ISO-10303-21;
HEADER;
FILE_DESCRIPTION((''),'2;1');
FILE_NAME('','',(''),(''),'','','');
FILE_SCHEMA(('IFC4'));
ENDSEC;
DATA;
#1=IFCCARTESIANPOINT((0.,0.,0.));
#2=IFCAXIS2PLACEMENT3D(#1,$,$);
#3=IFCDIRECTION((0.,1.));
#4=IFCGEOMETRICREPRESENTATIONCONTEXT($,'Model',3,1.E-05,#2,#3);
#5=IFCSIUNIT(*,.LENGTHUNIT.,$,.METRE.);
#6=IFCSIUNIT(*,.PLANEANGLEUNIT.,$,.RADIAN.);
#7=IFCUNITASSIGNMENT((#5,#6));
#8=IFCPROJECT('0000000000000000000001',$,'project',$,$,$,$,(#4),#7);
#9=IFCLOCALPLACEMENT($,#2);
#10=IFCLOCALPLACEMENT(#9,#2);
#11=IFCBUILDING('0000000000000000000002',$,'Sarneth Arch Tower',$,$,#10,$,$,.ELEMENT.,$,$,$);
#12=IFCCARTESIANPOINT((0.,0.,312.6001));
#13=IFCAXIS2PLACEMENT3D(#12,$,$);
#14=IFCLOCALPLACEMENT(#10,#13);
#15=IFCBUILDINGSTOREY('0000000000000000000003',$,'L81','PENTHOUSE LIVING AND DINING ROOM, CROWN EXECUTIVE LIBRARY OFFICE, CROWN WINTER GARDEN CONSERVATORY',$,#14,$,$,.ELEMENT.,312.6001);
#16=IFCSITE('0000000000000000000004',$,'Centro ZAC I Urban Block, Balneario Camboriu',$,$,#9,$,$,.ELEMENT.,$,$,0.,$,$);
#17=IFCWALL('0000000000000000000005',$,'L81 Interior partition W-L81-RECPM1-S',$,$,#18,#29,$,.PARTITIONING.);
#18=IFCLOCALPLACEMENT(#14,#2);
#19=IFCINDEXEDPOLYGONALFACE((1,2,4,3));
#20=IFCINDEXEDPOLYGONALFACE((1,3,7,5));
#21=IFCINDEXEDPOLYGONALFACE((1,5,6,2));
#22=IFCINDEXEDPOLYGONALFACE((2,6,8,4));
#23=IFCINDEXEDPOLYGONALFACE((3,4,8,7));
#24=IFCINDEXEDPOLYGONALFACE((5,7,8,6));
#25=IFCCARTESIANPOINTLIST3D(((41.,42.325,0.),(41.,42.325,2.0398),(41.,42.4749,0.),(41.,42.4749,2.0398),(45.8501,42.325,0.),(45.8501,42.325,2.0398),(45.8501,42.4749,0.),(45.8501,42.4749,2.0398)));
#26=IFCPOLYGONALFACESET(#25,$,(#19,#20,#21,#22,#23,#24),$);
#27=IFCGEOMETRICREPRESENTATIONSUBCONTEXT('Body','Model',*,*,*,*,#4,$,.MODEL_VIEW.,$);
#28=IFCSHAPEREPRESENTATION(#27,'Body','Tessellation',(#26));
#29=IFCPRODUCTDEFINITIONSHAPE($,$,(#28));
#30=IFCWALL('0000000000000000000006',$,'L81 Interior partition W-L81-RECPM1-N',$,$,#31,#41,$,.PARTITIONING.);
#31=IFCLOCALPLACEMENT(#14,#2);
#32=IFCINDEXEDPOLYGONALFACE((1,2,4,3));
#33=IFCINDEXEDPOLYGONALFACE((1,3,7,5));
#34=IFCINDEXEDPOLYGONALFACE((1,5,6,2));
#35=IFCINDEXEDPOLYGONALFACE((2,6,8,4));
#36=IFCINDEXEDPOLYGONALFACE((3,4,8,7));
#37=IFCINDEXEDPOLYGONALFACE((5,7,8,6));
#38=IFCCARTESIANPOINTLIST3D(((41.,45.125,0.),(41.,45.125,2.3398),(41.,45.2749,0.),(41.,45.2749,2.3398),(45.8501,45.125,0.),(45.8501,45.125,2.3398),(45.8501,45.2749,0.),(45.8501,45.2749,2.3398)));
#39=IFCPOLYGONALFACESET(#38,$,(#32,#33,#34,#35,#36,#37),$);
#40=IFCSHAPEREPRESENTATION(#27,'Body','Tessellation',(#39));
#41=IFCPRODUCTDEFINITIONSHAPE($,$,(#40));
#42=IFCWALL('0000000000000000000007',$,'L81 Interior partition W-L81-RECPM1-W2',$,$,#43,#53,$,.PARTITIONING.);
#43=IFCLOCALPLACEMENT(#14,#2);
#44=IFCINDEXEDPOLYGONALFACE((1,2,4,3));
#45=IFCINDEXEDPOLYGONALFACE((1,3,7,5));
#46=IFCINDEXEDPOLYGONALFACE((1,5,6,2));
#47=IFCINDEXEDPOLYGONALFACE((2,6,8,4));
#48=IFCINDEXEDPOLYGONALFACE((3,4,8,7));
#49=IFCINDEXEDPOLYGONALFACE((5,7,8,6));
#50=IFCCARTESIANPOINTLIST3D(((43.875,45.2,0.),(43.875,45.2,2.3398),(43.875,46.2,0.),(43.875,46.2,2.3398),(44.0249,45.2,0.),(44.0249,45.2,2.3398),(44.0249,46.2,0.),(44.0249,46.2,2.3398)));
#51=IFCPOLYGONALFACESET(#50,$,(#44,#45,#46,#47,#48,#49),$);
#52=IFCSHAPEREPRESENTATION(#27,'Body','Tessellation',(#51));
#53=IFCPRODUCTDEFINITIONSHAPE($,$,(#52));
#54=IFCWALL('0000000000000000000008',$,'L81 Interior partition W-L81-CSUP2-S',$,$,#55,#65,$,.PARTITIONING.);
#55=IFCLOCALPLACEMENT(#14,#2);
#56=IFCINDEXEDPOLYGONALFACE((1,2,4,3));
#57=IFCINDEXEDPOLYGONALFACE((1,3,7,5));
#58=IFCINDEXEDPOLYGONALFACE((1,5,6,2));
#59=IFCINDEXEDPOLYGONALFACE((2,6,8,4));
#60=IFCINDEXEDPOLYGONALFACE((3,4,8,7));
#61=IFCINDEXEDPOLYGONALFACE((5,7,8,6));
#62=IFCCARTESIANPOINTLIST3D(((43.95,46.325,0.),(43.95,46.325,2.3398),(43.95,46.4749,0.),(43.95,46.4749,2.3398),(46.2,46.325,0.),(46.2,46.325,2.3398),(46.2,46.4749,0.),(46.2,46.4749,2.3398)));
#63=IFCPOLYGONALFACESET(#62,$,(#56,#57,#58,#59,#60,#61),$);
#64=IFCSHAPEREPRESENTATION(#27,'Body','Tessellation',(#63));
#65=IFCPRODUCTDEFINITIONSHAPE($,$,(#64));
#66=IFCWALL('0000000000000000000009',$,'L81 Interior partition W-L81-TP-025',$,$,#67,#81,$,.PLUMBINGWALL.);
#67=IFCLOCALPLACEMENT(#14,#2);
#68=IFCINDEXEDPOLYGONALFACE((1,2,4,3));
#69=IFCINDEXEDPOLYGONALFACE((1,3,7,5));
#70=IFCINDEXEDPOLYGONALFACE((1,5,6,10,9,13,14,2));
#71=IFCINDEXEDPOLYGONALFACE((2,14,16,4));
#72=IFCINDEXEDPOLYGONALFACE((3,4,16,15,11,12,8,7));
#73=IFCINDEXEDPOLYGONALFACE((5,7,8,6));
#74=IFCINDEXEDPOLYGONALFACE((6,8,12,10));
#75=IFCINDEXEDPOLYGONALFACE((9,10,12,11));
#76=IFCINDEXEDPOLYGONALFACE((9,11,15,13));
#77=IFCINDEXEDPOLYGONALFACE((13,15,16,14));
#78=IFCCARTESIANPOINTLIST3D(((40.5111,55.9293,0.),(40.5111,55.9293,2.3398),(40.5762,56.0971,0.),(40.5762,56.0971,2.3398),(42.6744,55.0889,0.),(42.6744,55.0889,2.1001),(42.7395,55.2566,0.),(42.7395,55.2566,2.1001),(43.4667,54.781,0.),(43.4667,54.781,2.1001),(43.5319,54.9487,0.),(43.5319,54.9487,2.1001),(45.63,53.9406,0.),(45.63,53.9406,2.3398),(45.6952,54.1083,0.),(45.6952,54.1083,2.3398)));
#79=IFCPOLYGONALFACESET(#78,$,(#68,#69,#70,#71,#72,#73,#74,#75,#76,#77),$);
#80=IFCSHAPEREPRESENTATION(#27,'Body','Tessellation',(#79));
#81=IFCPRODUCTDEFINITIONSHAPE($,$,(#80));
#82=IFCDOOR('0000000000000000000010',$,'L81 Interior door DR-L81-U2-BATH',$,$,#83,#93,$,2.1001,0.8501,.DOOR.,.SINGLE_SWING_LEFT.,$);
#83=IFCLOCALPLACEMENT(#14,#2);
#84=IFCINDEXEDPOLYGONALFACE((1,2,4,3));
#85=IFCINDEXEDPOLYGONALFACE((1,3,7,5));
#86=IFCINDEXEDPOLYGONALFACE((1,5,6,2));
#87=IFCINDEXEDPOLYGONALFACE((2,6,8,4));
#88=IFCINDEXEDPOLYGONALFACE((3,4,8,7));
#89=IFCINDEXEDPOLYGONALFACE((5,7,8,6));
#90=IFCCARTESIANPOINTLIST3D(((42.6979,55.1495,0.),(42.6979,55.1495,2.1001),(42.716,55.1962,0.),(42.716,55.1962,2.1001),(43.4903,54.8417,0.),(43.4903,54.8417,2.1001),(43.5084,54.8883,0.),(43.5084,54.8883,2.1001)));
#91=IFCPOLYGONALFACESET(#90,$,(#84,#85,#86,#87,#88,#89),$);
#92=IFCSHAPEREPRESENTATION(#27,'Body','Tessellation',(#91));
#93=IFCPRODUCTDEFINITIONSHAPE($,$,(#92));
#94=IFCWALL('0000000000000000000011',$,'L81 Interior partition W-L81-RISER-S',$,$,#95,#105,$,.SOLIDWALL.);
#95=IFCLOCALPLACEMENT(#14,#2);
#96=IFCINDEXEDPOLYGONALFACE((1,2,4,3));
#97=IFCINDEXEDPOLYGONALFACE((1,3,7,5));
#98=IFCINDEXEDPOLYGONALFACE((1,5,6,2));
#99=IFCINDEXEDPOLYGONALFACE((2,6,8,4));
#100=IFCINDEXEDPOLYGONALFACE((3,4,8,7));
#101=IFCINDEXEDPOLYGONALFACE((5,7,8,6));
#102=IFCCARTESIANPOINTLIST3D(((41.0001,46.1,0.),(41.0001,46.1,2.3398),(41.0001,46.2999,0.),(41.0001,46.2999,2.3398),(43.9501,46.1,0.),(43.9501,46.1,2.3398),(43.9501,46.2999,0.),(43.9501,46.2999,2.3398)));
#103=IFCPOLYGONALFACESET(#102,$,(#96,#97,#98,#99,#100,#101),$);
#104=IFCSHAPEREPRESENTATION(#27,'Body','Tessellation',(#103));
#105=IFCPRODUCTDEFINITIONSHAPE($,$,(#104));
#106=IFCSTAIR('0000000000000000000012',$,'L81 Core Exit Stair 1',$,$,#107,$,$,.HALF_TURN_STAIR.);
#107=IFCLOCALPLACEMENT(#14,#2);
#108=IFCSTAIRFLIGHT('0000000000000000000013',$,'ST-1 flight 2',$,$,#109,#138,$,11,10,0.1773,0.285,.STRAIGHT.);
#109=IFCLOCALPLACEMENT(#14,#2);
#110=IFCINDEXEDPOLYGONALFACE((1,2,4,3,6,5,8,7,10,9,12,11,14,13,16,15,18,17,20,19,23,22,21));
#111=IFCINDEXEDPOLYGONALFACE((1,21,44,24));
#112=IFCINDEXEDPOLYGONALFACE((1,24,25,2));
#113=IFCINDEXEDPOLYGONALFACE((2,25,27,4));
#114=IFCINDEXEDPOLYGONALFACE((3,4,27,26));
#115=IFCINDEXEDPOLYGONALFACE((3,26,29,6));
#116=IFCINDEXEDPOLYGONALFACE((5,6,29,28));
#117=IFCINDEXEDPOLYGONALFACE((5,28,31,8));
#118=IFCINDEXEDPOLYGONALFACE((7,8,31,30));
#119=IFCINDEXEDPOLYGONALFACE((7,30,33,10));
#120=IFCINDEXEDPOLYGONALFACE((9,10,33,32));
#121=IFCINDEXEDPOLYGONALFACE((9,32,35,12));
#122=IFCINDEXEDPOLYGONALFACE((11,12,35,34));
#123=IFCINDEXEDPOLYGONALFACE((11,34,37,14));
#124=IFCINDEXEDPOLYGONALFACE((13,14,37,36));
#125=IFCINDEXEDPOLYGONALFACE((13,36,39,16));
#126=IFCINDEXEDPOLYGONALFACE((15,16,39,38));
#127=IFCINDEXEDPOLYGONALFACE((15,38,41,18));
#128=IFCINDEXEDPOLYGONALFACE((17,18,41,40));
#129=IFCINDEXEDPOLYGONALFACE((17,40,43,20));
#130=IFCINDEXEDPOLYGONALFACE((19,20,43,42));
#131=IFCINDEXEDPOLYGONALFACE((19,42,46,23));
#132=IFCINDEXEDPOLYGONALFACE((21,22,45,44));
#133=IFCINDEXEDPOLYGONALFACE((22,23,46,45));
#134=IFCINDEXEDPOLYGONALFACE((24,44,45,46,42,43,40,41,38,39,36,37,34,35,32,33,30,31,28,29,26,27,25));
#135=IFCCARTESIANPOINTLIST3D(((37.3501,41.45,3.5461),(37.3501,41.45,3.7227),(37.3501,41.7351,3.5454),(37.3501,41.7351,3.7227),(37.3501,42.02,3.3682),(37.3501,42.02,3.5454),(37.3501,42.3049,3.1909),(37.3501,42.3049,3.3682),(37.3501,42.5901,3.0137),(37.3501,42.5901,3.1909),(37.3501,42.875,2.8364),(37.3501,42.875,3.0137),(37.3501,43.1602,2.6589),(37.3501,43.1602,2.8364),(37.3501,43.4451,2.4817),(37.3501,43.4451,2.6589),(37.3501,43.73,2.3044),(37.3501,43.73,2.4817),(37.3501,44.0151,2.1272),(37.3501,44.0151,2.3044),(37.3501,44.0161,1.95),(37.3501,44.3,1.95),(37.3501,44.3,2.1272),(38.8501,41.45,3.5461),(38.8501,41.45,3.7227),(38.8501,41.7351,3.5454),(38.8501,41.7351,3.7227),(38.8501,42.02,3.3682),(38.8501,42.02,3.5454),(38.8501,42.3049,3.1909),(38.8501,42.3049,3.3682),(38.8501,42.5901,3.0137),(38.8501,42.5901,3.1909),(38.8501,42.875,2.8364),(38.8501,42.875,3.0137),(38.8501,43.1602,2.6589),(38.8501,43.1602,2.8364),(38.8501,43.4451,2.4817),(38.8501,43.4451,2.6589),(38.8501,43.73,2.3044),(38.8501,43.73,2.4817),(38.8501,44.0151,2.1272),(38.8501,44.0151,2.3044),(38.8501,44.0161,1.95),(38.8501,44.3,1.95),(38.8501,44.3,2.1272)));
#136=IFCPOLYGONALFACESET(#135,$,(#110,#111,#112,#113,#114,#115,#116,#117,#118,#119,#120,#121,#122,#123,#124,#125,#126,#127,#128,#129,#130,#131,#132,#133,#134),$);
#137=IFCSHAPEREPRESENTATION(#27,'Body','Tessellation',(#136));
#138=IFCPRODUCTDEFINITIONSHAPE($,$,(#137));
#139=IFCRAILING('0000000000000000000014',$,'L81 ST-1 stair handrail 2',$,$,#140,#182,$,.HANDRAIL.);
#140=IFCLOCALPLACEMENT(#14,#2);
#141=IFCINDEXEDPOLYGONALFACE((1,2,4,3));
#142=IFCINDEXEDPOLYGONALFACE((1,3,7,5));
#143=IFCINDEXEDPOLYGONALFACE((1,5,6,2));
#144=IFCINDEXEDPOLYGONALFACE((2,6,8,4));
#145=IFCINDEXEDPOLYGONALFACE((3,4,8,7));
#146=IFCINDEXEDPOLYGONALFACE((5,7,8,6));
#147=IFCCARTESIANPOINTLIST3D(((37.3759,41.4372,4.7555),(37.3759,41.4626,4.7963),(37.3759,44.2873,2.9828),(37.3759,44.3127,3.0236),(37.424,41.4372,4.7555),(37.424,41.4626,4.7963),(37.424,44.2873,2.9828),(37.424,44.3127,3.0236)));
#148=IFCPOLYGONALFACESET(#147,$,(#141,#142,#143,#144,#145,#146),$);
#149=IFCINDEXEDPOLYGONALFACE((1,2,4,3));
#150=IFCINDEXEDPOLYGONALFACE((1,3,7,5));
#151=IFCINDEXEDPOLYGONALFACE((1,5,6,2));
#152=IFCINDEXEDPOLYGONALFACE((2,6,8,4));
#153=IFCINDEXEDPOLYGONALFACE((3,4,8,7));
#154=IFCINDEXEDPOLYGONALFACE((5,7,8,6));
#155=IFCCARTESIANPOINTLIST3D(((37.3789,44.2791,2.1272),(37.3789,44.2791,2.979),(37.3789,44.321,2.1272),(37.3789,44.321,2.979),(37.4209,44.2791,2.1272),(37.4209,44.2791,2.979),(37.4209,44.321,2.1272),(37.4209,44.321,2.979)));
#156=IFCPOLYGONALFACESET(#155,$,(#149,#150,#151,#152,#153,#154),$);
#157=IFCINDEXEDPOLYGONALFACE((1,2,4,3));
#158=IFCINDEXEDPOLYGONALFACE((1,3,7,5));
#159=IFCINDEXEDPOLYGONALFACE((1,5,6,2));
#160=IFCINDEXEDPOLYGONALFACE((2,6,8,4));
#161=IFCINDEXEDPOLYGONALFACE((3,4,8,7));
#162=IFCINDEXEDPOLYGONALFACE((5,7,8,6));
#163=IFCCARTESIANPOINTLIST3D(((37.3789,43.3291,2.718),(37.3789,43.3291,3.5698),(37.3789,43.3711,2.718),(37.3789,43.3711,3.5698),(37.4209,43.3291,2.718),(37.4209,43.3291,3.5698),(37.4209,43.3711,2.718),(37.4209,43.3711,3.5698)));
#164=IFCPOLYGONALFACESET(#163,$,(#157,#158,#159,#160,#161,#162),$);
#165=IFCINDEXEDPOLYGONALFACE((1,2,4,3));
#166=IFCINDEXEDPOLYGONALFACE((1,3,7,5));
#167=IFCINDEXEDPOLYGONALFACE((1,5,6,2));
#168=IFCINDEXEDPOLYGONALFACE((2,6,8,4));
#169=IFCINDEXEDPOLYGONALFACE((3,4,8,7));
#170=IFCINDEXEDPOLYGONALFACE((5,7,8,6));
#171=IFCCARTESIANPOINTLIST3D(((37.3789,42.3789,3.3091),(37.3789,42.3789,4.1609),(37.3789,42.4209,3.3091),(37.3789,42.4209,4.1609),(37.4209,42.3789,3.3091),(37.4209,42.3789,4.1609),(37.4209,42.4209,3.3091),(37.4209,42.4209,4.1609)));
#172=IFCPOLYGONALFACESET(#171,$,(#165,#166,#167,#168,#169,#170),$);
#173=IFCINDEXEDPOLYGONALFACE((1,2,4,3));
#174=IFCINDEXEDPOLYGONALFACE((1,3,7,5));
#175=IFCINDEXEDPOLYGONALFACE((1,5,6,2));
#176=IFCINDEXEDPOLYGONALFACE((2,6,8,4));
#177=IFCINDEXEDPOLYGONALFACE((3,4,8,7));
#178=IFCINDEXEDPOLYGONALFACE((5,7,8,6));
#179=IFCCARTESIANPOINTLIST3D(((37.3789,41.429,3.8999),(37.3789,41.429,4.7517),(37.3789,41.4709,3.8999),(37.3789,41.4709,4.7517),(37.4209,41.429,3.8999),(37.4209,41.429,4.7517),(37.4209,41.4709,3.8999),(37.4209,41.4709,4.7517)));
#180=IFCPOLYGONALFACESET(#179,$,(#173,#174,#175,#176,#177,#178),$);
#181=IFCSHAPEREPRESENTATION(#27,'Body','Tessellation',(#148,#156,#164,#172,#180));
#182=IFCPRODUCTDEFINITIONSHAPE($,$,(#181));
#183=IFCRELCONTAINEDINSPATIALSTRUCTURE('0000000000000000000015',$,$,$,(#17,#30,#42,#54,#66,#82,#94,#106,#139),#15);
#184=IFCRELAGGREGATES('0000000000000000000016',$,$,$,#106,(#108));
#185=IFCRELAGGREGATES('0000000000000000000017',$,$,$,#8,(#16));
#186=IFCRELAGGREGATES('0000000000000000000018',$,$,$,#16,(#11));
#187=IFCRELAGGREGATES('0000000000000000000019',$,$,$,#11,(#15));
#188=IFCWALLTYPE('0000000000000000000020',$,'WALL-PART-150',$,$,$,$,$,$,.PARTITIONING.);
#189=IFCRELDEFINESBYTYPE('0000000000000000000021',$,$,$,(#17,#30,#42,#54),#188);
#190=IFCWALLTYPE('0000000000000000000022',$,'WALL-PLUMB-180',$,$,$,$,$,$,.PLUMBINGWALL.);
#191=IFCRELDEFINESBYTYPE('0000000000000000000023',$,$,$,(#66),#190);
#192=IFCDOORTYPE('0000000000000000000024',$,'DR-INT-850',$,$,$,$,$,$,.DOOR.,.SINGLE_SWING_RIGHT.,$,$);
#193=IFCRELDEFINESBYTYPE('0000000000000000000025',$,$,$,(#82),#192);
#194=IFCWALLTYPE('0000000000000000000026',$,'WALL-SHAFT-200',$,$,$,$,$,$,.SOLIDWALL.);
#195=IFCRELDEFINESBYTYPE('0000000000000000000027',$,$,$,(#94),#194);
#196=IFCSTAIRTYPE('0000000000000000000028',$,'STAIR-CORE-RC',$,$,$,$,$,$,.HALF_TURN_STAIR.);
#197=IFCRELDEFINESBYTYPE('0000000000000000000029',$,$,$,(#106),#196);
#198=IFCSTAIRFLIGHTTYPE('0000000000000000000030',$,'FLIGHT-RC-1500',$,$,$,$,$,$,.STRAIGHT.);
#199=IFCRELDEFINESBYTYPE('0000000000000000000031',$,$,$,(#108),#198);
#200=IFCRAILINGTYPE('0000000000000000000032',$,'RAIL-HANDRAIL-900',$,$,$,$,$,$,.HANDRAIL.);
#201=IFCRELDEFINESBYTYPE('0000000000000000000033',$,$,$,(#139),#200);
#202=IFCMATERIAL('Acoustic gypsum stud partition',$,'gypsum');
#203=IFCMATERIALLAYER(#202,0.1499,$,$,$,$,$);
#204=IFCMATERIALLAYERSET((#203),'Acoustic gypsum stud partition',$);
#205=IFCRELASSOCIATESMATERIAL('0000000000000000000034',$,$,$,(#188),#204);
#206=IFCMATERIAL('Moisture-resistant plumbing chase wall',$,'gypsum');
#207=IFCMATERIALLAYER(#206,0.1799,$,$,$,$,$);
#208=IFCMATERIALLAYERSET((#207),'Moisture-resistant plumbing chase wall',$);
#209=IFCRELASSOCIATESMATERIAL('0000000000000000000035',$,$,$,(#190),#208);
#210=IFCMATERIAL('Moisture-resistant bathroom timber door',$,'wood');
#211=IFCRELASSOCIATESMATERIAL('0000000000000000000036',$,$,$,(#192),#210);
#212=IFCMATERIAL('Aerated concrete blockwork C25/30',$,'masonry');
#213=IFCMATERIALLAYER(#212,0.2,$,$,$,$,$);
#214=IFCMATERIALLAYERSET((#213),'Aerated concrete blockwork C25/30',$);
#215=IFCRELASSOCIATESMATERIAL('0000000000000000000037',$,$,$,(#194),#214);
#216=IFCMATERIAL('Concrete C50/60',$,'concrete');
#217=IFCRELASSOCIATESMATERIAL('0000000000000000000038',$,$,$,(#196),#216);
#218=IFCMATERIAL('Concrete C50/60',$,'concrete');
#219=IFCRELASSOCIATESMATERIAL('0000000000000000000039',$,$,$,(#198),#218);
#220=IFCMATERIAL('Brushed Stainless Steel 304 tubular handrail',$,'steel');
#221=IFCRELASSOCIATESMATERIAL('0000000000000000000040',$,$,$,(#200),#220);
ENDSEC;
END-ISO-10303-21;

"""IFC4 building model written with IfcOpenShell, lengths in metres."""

from ifc_helpers import new_model, si_unit, direction, frame, frame_2d, origin, origin_2d, place, context, subcontext, project, spatial, polyline, rectangle, outline, extrude, material, layer, layer_set, type_object, element, fill, aggregate, save


model = new_model("IFC4")

# Units and contexts
model_context = context("Model", 3, precision=1e-05, world=origin(), true_north=direction((0.0, 1.0)))
body_context = subcontext(model_context, "Body", "Model", "MODEL_VIEW")
ifc_project = project(units=[si_unit("LENGTHUNIT", "METRE"), si_unit("PLANEANGLEUNIT", "RADIAN")], contexts=[model_context])

# Site, building, storey
site_placement = place(None, origin())
site = spatial("IfcSite", under=ifc_project, at=site_placement, Name="Centro ZAC I Urban Block, Balneario Camboriu", CompositionType="ELEMENT", RefElevation=0.0)
building_placement = place(site_placement, origin())
building = spatial("IfcBuilding", under=site, at=building_placement, Name="Sarneth Arch Tower", CompositionType="ELEMENT")
storey_placement = place(building_placement, frame((0.0, 0.0, 312.6001)))
storey = spatial("IfcBuildingStorey", under=building, at=storey_placement, Name="L81", Description="PENTHOUSE LIVING AND DINING ROOM, CROWN EXECUTIVE LIBRARY OFFICE, CROWN WINTER GARDEN CONSERVATORY", CompositionType="ELEMENT", Elevation=312.6001)

# Walls
ifc_material_1 = material(Name="Acoustic gypsum stud partition", Category="gypsum")
ifc_layer_1 = layer(ifc_material_1, 0.1499)
ifc_layer_set_1 = layer_set([ifc_layer_1], Name="Acoustic gypsum stud partition")
wall_type_1 = type_object("IfcWallType", Name="WALL-PART-150", PredefinedType="PARTITIONING", material=ifc_layer_set_1)
wall_1_placement = place(storey_placement, frame((41.0, 42.3999, 0.0), z_axis=(0.0, 0.0, 1.0), x_axis=(1.0, 0.0, 0.0)))
element("IfcWall", 1, at=wall_1_placement, inside=storey, type_object=wall_type_1, Name="L81 Interior partition W-L81-RECPM1-S", PredefinedType="PARTITIONING", context=body_context, shape_type="SweptSolid", body=[
    extrude(rectangle(XDim=4.8501, YDim=0.1499, at=frame_2d((2.425, 0.0))), origin(), (0.0, 0.0, 1.0), 2.0398),
])
wall_2_placement = place(storey_placement, frame((41.0, 45.2, 0.0), z_axis=(0.0, 0.0, 1.0), x_axis=(1.0, 0.0, 0.0)))
element("IfcWall", 2, at=wall_2_placement, inside=storey, type_object=wall_type_1, Name="L81 Interior partition W-L81-RECPM1-N", PredefinedType="PARTITIONING", context=body_context, shape_type="SweptSolid", body=[
    extrude(rectangle(XDim=4.8501, YDim=0.1499, at=frame_2d((2.425, 0.0))), origin(), (0.0, 0.0, 1.0), 2.3398),
])
wall_3_placement = place(storey_placement, frame((43.95, 45.2, 0.0), z_axis=(0.0, 0.0, 1.0), x_axis=(0.0, 1.0, 0.0)))
element("IfcWall", 3, at=wall_3_placement, inside=storey, type_object=wall_type_1, Name="L81 Interior partition W-L81-RECPM1-W2", PredefinedType="PARTITIONING", context=body_context, shape_type="SweptSolid", body=[
    extrude(rectangle(XDim=1.0, YDim=0.1499, at=frame_2d((0.5, 0.0))), origin(), (0.0, 0.0, 1.0), 2.3398),
])

# Wall
wall_4_placement = place(storey_placement, frame((43.95, 46.3999, 0.0), z_axis=(0.0, 0.0, 1.0), x_axis=(1.0, 0.0, 0.0)))
element("IfcWall", 4, at=wall_4_placement, inside=storey, type_object=wall_type_1, Name="L81 Interior partition W-L81-CSUP2-S", PredefinedType="PARTITIONING", context=body_context, shape_type="SweptSolid", body=[
    extrude(rectangle(XDim=2.25, YDim=0.1499, at=frame_2d((1.125, 0.0))), origin(), (0.0, 0.0, 1.0), 2.3398),
])

# Wall, opening, door
ifc_material_2 = material(Name="Moisture-resistant plumbing chase wall", Category="gypsum")
ifc_layer_2 = layer(ifc_material_2, 0.1799)
ifc_layer_set_2 = layer_set([ifc_layer_2], Name="Moisture-resistant plumbing chase wall")
wall_type_2 = type_object("IfcWallType", Name="WALL-PLUMB-180", PredefinedType="PLUMBINGWALL", material=ifc_layer_set_2)
wall_5_placement = place(storey_placement, frame((45.6626, 54.0244, 0.0), z_axis=(0.0, 0.0, 1.0), x_axis=(-0.932122, 0.362144, 0.0)))
wall_5 = element("IfcWall", 5, at=wall_5_placement, inside=storey, type_object=wall_type_2, Name="L81 Interior partition W-L81-TP-025", PredefinedType="PLUMBINGWALL", context=body_context, shape_type="SweptSolid", body=[
    extrude(rectangle(XDim=5.4917, YDim=0.1799, at=frame_2d((2.7458, 0.0))), origin(), (0.0, 0.0, 1.0), 2.3398),
])
opening_1_placement = place(wall_5_placement, frame((2.3208, 0.0, 0.0)))
opening_1 = element("IfcOpeningElement", 6, at=opening_1_placement, cuts=wall_5, PredefinedType="OPENING", context=body_context, shape_type="SweptSolid", body=[
    extrude(rectangle(XDim=0.8501, YDim=2.1001, at=frame_2d((0.425, 1.05))), frame((0.0, 0.0999, 0.0), z_axis=(0.0, -1.0, 0.0), x_axis=(1.0, 0.0, 0.0)), (0.0, 0.0, 1.0), 0.2),
])
ifc_material_3 = material(Name="Moisture-resistant bathroom timber door", Category="wood")
door_type_1 = type_object("IfcDoorType", Name="DR-INT-850", OperationType="SINGLE_SWING_RIGHT", PredefinedType="DOOR", material=ifc_material_3)
door_1_placement = place(opening_1_placement, origin())
door_1 = element("IfcDoor", 7, at=door_1_placement, inside=storey, type_object=door_type_1, Name="L81 Interior door DR-L81-U2-BATH", OperationType="SINGLE_SWING_LEFT", OverallHeight=2.1001, OverallWidth=0.8501, PredefinedType="DOOR", context=body_context, shape_type="SweptSolid", body=[
    extrude(rectangle(XDim=0.8501, YDim=2.1001, at=frame_2d((0.425, 1.05))), frame((0.0, 0.0249, 0.0), z_axis=(0.0, -1.0, 0.0), x_axis=(1.0, 0.0, 0.0)), (0.0, 0.0, 1.0), 0.05),
])
fill(opening_1, door_1)

# Wall
ifc_material_4 = material(Name="Aerated concrete blockwork C25/30", Category="masonry")
ifc_layer_3 = layer(ifc_material_4, 0.2)
ifc_layer_set_3 = layer_set([ifc_layer_3], Name="Aerated concrete blockwork C25/30")
wall_type_3 = type_object("IfcWallType", Name="WALL-SHAFT-200", PredefinedType="SOLIDWALL", material=ifc_layer_set_3)
wall_6_placement = place(storey_placement, frame((41.0, 46.2, 0.0), z_axis=(0.0, 0.0, 1.0), x_axis=(1.0, 0.0, 0.0)))
element("IfcWall", 8, at=wall_6_placement, inside=storey, type_object=wall_type_3, Name="L81 Interior partition W-L81-RISER-S", PredefinedType="SOLIDWALL", context=body_context, shape_type="SweptSolid", body=[
    extrude(rectangle(XDim=2.95, YDim=0.2, at=frame_2d((1.4751, 0.0))), origin(), (0.0, 0.0, 1.0), 2.3398),
])

# Stair, stair flight
ifc_material_5 = material(Name="Concrete C50/60", Category="concrete")
stair_type = type_object("IfcStairType", Name="STAIR-CORE-RC", PredefinedType="HALF_TURN_STAIR", material=ifc_material_5)
stair_placement = place(storey_placement, origin())
stair = element("IfcStair", 9, at=stair_placement, inside=storey, type_object=stair_type, Name="L81 Core Exit Stair 1", PredefinedType="HALF_TURN_STAIR")
ifc_material_6 = material(Name="Concrete C50/60", Category="concrete")
stair_flight_type = type_object("IfcStairFlightType", Name="FLIGHT-RC-1500", PredefinedType="STRAIGHT", material=ifc_material_6)
stair_flight_placement = place(storey_placement, frame((38.1001, 44.3, 1.95), z_axis=(0.0, 0.0, 1.0), x_axis=(0.0, -1.0, 0.0)))
stair_flight = element("IfcStairFlight", 10, at=stair_flight_placement, type_object=stair_flight_type, Name="ST-1 flight 2", NumberOfRisers=11, NumberOfTreads=10, PredefinedType="STRAIGHT", RiserHeight=0.1773, TreadLength=0.285, context=body_context, shape_type="SweptSolid", body=[
    extrude(outline(polyline([(0.0, 0.0), (0.0, 0.1772), (0.2849, 0.1772), (0.2849, 0.3545), (0.5701, 0.3545), (0.5701, 0.5317), (0.855, 0.5317), (0.855, 0.709), (1.1399, 0.709), (1.1399, 0.8865), (1.425, 0.8865), (1.425, 1.0637), (1.71, 1.0637), (1.71, 1.241), (1.9951, 1.241), (1.9951, 1.4182), (2.28, 1.4182), (2.28, 1.5955), (2.5649, 1.5955), (2.5649, 1.7727), (2.8501, 1.7727), (2.8501, 1.95), (2.8501, 1.5962), (0.2839, 0.0), (0.0, 0.0)])), frame((0.0, 0.75, 0.0), z_axis=(0.0, -1.0, 0.0), x_axis=(1.0, 0.0, 0.0)), (0.0, 0.0, 1.0), 1.5),
])
aggregate(stair, [stair_flight])

# Railing
ifc_material_7 = material(Name="Brushed Stainless Steel 304 tubular handrail", Category="steel")
railing_type_1 = type_object("IfcRailingType", Name="RAIL-HANDRAIL-900", PredefinedType="HANDRAIL", material=ifc_material_7)
railing_1_placement = place(storey_placement, frame((37.3999, 44.3, 2.1272)))
element("IfcRailing", 11, at=railing_1_placement, inside=storey, type_object=railing_type_1, Name="L81 ST-1 stair handrail 2", PredefinedType="HANDRAIL", context=body_context, shape_type="SweptSolid", body=[
    extrude(rectangle(XDim=0.0481, YDim=0.0481, at=origin_2d()), frame((0.0, 0.0, 0.876), z_axis=(0.0, -0.849149, 0.528154), x_axis=(1.0, 0.0, 0.0)), (0.0, 0.0, 1.0), 3.3564),
    extrude(rectangle(XDim=0.042, YDim=0.042, at=origin_2d()), origin(), (0.0, 0.0, 1.0), 0.8518),
    extrude(rectangle(XDim=0.042, YDim=0.042, at=origin_2d()), frame((0.0, -0.95, 0.5908)), (0.0, 0.0, 1.0), 0.8518),
    extrude(rectangle(XDim=0.042, YDim=0.042, at=origin_2d()), frame((0.0, -1.9001, 1.1819)), (0.0, 0.0, 1.0), 0.8518),
    extrude(rectangle(XDim=0.042, YDim=0.042, at=origin_2d()), frame((0.0, -2.8501, 1.7727)), (0.0, 0.0, 1.0), 0.8518),
])

save(model, "model.ifc")
